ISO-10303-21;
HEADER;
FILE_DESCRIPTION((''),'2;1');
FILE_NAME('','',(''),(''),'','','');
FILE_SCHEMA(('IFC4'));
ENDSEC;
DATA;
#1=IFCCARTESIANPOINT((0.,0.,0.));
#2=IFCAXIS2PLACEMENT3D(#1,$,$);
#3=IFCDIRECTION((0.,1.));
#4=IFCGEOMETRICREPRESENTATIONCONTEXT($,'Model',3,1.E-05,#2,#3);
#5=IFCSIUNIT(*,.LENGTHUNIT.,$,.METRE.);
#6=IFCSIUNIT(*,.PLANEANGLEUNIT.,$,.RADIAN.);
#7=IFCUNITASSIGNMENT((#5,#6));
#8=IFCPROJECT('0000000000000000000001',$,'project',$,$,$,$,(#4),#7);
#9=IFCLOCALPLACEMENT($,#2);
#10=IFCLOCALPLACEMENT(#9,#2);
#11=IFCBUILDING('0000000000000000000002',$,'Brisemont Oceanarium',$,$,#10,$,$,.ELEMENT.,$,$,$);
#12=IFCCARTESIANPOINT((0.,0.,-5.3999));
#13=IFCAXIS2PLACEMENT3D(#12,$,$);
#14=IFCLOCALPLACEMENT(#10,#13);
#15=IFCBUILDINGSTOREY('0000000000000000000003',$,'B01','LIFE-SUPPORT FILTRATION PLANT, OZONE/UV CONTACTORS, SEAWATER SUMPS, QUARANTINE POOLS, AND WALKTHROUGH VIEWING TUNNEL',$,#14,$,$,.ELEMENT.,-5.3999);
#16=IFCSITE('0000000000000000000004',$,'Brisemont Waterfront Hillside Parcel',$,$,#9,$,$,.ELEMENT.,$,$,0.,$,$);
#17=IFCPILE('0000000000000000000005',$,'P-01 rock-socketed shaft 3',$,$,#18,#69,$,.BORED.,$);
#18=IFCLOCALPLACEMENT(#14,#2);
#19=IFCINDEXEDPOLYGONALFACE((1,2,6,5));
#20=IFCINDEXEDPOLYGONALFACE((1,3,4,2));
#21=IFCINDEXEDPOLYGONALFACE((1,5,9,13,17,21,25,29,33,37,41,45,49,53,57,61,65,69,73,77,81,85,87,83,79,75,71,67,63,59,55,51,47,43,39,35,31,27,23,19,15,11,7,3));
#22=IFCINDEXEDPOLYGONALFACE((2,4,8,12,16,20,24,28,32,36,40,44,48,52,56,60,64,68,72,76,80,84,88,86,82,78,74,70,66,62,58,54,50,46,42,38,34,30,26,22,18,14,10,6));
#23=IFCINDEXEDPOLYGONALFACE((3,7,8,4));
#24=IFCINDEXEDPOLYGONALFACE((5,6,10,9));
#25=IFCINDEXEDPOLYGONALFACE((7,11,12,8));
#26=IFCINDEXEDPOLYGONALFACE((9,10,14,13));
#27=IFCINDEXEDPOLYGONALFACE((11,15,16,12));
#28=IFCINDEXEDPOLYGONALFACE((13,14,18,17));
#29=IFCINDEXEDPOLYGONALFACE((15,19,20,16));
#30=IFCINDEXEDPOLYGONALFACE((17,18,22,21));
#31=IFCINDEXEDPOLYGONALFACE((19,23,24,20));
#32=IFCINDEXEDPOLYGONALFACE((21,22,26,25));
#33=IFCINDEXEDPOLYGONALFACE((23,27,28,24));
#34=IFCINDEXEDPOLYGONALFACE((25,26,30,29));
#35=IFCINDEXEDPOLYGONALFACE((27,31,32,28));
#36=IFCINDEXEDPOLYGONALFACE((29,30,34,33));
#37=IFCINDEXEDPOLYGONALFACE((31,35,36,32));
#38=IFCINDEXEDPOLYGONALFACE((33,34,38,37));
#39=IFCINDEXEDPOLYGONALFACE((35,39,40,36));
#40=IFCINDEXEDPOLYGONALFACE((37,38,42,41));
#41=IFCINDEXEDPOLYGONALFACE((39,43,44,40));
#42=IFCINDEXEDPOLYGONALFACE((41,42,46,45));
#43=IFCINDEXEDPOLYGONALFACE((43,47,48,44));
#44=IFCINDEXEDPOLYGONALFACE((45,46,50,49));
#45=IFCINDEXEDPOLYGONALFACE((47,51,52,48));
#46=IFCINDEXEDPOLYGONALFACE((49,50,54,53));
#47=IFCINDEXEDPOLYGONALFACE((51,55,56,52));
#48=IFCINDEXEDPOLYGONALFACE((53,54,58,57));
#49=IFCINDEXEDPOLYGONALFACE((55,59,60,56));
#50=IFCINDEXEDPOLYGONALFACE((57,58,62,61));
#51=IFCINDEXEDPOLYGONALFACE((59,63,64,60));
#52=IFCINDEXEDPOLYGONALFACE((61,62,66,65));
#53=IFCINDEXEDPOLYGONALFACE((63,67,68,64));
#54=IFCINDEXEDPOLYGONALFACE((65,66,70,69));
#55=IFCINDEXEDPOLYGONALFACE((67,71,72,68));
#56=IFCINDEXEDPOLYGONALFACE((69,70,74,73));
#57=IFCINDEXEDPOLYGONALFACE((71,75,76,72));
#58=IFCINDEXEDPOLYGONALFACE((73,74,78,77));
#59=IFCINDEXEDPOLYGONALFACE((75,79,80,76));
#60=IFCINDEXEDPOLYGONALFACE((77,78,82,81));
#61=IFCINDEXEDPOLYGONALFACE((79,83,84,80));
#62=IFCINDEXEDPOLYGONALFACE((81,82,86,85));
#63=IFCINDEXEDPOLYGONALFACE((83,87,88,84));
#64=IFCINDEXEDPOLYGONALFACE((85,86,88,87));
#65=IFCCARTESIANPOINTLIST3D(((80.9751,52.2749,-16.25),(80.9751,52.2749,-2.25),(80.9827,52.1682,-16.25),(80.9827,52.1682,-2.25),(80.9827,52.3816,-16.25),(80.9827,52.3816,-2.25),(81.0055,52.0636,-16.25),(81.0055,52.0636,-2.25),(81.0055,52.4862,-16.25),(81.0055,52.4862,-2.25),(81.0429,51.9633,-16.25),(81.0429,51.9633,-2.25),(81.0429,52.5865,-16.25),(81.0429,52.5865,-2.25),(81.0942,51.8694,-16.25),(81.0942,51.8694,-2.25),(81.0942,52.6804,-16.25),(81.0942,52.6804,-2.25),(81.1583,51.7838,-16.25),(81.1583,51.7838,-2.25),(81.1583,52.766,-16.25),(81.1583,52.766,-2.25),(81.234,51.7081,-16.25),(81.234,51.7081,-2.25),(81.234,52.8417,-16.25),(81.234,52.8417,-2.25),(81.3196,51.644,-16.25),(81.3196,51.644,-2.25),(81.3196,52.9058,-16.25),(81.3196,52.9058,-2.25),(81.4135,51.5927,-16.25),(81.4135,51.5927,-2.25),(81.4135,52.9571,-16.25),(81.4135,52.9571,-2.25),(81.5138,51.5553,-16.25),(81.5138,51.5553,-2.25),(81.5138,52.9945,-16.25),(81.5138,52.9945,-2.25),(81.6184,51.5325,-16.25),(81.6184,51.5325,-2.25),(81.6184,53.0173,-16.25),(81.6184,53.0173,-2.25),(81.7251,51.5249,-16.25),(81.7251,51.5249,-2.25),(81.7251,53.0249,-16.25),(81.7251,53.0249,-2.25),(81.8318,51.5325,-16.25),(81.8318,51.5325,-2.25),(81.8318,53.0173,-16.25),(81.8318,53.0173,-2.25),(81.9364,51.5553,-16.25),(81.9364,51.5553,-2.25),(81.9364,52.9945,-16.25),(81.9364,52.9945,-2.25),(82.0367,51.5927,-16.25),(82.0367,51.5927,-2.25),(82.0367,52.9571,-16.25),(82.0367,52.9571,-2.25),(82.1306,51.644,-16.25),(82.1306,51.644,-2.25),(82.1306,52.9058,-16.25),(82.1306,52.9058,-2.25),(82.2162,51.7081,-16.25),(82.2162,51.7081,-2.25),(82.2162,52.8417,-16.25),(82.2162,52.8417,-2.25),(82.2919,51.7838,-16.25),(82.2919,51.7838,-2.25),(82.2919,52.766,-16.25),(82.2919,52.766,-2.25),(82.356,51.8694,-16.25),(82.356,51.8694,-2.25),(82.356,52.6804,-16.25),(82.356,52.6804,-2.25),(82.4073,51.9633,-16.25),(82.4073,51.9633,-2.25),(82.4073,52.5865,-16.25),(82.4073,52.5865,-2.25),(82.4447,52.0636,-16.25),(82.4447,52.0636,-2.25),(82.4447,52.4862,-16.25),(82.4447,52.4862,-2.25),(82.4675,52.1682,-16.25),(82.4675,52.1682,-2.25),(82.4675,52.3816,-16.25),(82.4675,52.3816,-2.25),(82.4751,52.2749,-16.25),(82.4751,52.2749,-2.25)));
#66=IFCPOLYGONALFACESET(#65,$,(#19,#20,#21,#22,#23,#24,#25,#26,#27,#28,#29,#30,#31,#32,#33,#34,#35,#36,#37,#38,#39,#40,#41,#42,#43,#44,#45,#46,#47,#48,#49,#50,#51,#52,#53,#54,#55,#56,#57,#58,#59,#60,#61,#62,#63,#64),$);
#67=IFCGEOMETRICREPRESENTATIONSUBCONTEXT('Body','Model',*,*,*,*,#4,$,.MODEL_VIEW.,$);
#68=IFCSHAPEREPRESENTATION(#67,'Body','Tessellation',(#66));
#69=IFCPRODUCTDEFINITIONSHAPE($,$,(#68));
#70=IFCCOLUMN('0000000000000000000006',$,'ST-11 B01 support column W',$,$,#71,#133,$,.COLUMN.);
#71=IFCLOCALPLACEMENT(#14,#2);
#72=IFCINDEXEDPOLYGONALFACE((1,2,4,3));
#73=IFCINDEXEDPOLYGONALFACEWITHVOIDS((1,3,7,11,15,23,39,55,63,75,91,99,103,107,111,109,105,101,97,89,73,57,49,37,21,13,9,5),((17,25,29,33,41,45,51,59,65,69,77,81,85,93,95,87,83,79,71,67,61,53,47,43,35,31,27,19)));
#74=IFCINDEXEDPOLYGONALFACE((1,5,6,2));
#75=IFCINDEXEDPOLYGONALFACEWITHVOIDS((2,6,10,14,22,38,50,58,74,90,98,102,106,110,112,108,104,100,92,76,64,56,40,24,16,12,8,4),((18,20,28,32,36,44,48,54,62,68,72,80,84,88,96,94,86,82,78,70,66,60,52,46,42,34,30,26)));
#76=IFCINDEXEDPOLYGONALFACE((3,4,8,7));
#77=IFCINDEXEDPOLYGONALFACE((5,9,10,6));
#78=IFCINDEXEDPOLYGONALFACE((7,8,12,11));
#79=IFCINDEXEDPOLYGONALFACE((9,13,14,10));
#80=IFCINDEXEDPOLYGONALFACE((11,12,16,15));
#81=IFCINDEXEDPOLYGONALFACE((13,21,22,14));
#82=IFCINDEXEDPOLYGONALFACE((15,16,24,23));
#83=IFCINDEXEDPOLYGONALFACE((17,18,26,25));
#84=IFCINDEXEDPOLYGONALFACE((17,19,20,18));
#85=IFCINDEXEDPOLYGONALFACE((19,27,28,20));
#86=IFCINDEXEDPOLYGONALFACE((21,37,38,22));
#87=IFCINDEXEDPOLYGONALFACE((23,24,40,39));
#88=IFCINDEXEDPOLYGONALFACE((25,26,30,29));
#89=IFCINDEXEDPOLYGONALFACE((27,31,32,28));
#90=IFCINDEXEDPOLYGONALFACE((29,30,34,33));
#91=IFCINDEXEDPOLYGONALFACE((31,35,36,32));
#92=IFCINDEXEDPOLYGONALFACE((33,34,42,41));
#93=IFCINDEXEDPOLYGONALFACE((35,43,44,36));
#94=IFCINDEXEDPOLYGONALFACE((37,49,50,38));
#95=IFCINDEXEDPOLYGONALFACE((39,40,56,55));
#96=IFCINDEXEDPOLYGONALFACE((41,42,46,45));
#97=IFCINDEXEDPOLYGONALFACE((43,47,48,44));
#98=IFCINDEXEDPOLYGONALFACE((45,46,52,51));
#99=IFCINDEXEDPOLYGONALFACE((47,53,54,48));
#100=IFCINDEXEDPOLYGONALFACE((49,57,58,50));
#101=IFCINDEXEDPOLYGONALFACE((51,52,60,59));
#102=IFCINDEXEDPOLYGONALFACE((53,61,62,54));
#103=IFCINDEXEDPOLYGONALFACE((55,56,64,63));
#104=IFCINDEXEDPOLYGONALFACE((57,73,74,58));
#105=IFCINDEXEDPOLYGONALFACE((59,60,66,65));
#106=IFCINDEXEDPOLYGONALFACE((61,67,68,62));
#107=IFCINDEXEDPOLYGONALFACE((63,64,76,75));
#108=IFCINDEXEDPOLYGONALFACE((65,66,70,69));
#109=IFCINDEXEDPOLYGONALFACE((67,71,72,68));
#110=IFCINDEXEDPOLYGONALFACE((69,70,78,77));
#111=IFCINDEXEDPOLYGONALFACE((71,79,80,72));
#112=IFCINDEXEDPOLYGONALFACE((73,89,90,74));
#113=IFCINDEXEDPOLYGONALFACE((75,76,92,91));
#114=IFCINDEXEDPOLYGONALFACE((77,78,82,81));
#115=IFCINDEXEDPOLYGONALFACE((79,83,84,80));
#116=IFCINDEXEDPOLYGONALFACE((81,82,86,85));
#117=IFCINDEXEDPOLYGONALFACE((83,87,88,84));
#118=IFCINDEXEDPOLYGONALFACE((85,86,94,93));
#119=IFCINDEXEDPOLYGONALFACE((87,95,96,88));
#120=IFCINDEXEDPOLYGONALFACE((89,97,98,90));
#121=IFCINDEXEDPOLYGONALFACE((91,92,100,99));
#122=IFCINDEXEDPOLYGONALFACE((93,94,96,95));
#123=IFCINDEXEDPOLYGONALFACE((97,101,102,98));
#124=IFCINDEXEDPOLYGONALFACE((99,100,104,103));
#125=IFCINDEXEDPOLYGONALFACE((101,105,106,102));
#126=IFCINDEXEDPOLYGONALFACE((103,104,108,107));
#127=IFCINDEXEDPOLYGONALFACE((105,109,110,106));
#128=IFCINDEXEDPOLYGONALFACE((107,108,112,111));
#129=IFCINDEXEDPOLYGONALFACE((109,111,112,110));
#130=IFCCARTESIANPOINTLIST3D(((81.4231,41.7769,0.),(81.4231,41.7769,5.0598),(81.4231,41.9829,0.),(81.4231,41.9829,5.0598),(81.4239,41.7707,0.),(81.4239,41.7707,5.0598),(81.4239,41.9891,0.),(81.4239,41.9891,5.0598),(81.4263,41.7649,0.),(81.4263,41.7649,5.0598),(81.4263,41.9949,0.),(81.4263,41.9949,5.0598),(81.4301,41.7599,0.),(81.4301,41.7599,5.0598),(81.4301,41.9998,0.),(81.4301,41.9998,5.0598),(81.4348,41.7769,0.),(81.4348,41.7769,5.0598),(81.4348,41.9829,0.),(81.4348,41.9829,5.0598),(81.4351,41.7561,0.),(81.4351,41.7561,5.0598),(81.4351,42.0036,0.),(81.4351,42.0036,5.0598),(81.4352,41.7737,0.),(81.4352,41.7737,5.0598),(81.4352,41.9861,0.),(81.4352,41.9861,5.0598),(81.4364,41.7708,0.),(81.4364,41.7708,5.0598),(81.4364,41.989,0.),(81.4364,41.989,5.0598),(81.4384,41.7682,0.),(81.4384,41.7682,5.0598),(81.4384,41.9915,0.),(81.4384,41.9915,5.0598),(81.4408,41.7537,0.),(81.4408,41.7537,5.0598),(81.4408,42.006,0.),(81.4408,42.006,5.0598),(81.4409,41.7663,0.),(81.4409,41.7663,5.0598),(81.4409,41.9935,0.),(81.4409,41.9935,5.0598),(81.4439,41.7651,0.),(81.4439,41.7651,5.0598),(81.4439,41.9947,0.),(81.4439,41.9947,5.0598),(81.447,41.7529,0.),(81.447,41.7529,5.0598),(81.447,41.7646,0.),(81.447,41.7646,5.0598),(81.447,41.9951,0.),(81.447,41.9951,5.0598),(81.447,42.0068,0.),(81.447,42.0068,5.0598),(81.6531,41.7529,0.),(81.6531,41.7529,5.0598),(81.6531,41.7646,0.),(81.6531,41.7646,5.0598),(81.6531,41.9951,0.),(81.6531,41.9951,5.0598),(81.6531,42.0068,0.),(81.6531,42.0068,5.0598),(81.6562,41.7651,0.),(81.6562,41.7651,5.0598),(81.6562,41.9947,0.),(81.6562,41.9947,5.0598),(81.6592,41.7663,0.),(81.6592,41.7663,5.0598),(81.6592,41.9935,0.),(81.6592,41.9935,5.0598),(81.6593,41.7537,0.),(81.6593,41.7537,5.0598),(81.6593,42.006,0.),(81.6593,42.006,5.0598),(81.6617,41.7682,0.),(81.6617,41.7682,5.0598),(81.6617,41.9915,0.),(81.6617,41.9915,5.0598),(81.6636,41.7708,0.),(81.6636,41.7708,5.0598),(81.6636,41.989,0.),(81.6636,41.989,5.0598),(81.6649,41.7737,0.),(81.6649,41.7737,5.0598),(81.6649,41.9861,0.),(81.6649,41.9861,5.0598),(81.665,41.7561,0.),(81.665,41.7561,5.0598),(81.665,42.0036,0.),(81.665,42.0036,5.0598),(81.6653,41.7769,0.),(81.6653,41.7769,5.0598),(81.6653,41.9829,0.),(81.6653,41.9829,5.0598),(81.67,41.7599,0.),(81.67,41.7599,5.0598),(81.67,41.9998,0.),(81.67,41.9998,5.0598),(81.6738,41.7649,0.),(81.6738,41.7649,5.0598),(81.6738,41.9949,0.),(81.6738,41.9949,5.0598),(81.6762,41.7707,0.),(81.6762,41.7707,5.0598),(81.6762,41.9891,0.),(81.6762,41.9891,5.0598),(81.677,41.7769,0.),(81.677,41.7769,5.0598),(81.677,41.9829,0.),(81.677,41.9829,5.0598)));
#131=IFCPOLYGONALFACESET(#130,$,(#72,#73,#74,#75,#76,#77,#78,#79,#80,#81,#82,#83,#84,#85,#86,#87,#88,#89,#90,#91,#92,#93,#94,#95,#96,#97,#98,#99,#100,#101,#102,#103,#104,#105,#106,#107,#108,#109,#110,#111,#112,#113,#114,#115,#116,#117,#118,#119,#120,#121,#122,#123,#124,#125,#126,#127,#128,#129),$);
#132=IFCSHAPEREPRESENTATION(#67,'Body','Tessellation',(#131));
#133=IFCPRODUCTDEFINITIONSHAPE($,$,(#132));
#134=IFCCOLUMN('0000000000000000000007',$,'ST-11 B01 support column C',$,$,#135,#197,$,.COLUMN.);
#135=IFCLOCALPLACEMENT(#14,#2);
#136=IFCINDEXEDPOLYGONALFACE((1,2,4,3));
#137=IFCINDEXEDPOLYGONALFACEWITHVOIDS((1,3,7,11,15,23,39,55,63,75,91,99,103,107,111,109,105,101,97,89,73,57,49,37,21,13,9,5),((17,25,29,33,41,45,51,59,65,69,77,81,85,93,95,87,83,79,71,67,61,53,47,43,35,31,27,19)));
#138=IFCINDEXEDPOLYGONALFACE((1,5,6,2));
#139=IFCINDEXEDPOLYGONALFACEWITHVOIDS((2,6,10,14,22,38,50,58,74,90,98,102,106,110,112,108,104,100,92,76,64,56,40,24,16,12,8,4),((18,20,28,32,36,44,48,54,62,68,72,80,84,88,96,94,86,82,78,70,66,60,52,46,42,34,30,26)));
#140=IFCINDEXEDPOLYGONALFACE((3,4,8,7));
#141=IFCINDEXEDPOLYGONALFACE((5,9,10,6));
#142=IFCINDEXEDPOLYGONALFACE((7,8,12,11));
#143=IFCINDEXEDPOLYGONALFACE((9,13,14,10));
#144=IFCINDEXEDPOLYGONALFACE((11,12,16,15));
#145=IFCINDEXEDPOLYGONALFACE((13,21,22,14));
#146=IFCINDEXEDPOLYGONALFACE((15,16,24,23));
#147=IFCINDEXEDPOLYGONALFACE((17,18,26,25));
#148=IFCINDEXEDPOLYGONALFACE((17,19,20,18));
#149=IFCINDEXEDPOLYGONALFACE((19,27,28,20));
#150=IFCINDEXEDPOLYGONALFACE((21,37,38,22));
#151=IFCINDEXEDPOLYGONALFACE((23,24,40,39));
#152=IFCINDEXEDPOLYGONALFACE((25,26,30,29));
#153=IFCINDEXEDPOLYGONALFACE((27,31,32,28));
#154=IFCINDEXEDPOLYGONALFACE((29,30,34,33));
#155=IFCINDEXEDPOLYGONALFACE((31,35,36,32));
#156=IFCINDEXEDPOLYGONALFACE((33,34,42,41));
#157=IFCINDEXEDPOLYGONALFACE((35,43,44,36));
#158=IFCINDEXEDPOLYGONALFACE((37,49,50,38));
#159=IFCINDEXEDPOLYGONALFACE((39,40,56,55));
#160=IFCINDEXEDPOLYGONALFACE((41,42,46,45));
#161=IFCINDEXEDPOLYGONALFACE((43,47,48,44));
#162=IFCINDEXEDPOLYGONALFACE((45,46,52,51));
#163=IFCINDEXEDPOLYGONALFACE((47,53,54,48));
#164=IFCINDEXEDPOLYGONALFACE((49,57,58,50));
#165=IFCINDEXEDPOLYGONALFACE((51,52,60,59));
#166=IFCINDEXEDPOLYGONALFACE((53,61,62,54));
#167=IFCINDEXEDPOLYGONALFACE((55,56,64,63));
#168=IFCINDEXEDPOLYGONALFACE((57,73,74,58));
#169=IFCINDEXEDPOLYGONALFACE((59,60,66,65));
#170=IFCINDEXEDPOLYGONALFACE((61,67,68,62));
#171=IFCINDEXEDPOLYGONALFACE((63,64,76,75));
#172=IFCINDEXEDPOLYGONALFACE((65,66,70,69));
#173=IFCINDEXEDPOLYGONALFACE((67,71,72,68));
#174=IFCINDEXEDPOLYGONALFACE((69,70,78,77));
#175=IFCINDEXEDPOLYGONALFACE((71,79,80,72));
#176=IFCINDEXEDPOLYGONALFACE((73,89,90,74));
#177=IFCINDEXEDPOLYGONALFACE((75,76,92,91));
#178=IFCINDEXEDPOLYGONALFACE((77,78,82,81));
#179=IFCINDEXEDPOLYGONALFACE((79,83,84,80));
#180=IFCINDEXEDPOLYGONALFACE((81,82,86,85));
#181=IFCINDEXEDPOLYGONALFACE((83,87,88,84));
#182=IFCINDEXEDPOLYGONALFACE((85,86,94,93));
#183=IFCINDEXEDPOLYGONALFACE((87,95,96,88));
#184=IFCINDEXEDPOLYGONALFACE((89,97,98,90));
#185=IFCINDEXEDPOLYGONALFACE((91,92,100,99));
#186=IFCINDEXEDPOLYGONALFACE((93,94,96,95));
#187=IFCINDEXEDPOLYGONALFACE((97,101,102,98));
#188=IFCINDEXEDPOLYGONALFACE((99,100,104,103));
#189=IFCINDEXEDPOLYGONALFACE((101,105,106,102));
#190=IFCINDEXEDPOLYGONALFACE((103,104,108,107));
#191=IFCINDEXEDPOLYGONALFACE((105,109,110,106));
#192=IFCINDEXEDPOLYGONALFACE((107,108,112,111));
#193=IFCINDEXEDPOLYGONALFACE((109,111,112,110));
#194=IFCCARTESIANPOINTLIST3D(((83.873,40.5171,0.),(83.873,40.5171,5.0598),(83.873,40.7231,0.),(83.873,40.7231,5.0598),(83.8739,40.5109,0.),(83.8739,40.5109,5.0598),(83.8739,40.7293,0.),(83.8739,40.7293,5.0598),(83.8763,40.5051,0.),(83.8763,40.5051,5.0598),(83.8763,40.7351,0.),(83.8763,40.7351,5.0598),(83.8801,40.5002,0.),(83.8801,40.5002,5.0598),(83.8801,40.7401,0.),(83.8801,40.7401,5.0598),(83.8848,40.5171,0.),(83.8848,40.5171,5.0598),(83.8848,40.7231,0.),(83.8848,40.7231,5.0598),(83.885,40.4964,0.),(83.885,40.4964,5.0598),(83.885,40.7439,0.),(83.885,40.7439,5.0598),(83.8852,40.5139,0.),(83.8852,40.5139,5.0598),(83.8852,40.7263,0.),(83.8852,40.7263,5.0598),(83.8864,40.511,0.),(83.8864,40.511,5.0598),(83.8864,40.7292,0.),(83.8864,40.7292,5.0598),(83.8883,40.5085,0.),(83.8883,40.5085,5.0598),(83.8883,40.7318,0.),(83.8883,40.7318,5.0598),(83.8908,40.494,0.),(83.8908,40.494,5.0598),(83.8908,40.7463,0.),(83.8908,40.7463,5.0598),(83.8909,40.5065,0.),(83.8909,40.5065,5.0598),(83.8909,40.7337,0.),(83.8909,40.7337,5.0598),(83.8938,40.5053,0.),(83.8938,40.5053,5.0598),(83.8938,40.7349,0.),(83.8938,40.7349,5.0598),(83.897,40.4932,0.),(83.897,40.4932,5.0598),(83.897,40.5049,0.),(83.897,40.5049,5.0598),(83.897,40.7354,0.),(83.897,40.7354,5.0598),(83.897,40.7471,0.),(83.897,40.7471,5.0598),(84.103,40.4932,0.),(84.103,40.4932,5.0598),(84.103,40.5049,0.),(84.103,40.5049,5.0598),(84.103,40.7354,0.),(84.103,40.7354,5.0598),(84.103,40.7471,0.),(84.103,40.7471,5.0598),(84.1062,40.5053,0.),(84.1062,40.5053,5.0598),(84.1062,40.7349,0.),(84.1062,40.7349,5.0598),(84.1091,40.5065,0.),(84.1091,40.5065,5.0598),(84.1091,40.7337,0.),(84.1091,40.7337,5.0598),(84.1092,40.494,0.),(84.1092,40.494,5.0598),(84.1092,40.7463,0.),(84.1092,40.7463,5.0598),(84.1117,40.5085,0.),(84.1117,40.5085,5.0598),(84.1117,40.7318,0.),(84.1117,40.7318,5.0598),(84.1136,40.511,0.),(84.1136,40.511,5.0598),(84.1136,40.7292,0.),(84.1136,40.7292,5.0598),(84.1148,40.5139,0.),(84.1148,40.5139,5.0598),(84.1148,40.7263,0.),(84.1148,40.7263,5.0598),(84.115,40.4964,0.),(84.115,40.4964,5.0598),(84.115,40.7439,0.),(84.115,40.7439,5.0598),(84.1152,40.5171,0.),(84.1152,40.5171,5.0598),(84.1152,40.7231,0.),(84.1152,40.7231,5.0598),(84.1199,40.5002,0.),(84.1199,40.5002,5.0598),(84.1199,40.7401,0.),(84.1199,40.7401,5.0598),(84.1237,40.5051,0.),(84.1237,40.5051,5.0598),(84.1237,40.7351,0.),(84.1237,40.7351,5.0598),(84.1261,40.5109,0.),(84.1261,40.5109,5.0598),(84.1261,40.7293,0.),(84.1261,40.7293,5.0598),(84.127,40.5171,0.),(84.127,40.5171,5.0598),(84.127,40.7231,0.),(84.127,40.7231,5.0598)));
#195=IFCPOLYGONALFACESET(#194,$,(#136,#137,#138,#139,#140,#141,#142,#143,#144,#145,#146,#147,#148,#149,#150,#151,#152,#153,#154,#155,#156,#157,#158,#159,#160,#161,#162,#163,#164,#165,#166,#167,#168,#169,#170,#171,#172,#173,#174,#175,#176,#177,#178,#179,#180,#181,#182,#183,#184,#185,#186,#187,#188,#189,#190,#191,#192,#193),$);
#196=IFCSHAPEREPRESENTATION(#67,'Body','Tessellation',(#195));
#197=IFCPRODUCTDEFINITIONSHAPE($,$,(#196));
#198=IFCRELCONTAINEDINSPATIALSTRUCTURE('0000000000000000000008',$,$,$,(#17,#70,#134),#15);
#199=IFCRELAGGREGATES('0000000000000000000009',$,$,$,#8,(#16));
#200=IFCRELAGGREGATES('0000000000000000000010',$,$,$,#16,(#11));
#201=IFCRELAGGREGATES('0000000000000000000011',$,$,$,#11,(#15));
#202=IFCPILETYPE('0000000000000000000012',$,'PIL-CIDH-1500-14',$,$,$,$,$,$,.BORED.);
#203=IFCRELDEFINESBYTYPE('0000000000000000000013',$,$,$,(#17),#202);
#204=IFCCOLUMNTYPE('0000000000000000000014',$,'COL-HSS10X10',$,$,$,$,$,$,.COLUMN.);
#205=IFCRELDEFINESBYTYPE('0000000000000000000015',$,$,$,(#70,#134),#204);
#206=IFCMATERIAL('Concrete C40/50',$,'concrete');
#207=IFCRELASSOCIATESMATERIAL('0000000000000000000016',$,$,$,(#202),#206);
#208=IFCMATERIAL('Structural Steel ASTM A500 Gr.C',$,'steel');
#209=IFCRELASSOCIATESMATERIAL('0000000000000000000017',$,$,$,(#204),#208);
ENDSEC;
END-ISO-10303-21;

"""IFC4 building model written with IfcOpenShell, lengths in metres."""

from ifc_helpers import new_model, si_unit, direction, frame, origin, origin_2d, place, context, subcontext, project, spatial, hollow_rectangle, circle, extrude, material, material_profile, profile_set, type_object, element, save


model = new_model("IFC4")

# Units and contexts
model_context = context("Model", 3, precision=1e-05, world=origin(), true_north=direction((0.0, 1.0)))
body_context = subcontext(model_context, "Body", "Model", "MODEL_VIEW")
ifc_project = project(units=[si_unit("LENGTHUNIT", "METRE"), si_unit("PLANEANGLEUNIT", "RADIAN")], contexts=[model_context])

# Site, building, storey
site_placement = place(None, origin())
site = spatial("IfcSite", under=ifc_project, at=site_placement, Name="Brisemont Waterfront Hillside Parcel", CompositionType="ELEMENT", RefElevation=0.0)
building_placement = place(site_placement, origin())
building = spatial("IfcBuilding", under=site, at=building_placement, Name="Brisemont Oceanarium", CompositionType="ELEMENT")
storey_placement = place(building_placement, frame((0.0, 0.0, -5.3999)))
storey = spatial("IfcBuildingStorey", under=building, at=storey_placement, Name="B01", Description="LIFE-SUPPORT FILTRATION PLANT, OZONE/UV CONTACTORS, SEAWATER SUMPS, QUARANTINE POOLS, AND WALKTHROUGH VIEWING TUNNEL", CompositionType="ELEMENT", Elevation=-5.3999)

# Pile
ifc_material_1 = material(Name="Concrete C40/50", Category="concrete")
ifc_material_profile_1 = material_profile(ifc_material_1, circle(Radius=0.75, at=origin_2d()), Name="CIDH-D1500")
ifc_profile_set_1 = profile_set([ifc_material_profile_1], Name="Concrete C40/50")
pile_type_1 = type_object("IfcPileType", Name="PIL-CIDH-1500-14", PredefinedType="BORED", material=ifc_profile_set_1)
for number, where, z_axis, x_axis, name in (
    (1, (81.7251, 52.2749, -2.25), (0.0, 0.0, -1.0), (1.0, 0.0, 0.0), "P-01 rock-socketed shaft 3"),
):
    element("IfcPile", number, at=place(storey_placement, frame(where, z_axis=z_axis, x_axis=x_axis)), inside=storey, type_object=pile_type_1, Name=name, PredefinedType="BORED", context=body_context, shape_type="SweptSolid", body=[
        extrude(circle(Radius=0.75, at=origin_2d()), origin(), (0.0, 0.0, 1.0), 14.0),
    ])

# Columns
ifc_material_2 = material(Name="Structural Steel ASTM A500 Gr.C", Category="steel")
ifc_material_profile_2 = material_profile(ifc_material_2, hollow_rectangle(XDim=0.2539, YDim=0.2539, WallThickness=0.0117, InnerFilletRadius=0.0122, OuterFilletRadius=0.0239, at=origin_2d()), Name="HSS10X10X1/2")
ifc_profile_set_2 = profile_set([ifc_material_profile_2], Name="Structural Steel ASTM A500 Gr.C")
column_type_1 = type_object("IfcColumnType", Name="COL-HSS10X10", PredefinedType="COLUMN", material=ifc_profile_set_2)
for number, where, z_axis, x_axis, name in (
    (2, (81.55, 41.8799, 0.0), (0.0, 0.0, 1.0), (1.0, 0.0, 0.0), "ST-11 B01 support column W"),
    (3, (84.0, 40.6201, 0.0), (0.0, 0.0, 1.0), (1.0, 0.0, 0.0), "ST-11 B01 support column C"),
):
    element("IfcColumn", number, at=place(storey_placement, frame(where, z_axis=z_axis, x_axis=x_axis)), inside=storey, type_object=column_type_1, Name=name, PredefinedType="COLUMN", context=body_context, shape_type="SweptSolid", body=[
        extrude(hollow_rectangle(XDim=0.2539, YDim=0.2539, WallThickness=0.0117, InnerFilletRadius=0.0122, OuterFilletRadius=0.0239, at=origin_2d()), origin(), (0.0, 0.0, 1.0), 5.0598),
    ])

save(model, "model.ifc")
